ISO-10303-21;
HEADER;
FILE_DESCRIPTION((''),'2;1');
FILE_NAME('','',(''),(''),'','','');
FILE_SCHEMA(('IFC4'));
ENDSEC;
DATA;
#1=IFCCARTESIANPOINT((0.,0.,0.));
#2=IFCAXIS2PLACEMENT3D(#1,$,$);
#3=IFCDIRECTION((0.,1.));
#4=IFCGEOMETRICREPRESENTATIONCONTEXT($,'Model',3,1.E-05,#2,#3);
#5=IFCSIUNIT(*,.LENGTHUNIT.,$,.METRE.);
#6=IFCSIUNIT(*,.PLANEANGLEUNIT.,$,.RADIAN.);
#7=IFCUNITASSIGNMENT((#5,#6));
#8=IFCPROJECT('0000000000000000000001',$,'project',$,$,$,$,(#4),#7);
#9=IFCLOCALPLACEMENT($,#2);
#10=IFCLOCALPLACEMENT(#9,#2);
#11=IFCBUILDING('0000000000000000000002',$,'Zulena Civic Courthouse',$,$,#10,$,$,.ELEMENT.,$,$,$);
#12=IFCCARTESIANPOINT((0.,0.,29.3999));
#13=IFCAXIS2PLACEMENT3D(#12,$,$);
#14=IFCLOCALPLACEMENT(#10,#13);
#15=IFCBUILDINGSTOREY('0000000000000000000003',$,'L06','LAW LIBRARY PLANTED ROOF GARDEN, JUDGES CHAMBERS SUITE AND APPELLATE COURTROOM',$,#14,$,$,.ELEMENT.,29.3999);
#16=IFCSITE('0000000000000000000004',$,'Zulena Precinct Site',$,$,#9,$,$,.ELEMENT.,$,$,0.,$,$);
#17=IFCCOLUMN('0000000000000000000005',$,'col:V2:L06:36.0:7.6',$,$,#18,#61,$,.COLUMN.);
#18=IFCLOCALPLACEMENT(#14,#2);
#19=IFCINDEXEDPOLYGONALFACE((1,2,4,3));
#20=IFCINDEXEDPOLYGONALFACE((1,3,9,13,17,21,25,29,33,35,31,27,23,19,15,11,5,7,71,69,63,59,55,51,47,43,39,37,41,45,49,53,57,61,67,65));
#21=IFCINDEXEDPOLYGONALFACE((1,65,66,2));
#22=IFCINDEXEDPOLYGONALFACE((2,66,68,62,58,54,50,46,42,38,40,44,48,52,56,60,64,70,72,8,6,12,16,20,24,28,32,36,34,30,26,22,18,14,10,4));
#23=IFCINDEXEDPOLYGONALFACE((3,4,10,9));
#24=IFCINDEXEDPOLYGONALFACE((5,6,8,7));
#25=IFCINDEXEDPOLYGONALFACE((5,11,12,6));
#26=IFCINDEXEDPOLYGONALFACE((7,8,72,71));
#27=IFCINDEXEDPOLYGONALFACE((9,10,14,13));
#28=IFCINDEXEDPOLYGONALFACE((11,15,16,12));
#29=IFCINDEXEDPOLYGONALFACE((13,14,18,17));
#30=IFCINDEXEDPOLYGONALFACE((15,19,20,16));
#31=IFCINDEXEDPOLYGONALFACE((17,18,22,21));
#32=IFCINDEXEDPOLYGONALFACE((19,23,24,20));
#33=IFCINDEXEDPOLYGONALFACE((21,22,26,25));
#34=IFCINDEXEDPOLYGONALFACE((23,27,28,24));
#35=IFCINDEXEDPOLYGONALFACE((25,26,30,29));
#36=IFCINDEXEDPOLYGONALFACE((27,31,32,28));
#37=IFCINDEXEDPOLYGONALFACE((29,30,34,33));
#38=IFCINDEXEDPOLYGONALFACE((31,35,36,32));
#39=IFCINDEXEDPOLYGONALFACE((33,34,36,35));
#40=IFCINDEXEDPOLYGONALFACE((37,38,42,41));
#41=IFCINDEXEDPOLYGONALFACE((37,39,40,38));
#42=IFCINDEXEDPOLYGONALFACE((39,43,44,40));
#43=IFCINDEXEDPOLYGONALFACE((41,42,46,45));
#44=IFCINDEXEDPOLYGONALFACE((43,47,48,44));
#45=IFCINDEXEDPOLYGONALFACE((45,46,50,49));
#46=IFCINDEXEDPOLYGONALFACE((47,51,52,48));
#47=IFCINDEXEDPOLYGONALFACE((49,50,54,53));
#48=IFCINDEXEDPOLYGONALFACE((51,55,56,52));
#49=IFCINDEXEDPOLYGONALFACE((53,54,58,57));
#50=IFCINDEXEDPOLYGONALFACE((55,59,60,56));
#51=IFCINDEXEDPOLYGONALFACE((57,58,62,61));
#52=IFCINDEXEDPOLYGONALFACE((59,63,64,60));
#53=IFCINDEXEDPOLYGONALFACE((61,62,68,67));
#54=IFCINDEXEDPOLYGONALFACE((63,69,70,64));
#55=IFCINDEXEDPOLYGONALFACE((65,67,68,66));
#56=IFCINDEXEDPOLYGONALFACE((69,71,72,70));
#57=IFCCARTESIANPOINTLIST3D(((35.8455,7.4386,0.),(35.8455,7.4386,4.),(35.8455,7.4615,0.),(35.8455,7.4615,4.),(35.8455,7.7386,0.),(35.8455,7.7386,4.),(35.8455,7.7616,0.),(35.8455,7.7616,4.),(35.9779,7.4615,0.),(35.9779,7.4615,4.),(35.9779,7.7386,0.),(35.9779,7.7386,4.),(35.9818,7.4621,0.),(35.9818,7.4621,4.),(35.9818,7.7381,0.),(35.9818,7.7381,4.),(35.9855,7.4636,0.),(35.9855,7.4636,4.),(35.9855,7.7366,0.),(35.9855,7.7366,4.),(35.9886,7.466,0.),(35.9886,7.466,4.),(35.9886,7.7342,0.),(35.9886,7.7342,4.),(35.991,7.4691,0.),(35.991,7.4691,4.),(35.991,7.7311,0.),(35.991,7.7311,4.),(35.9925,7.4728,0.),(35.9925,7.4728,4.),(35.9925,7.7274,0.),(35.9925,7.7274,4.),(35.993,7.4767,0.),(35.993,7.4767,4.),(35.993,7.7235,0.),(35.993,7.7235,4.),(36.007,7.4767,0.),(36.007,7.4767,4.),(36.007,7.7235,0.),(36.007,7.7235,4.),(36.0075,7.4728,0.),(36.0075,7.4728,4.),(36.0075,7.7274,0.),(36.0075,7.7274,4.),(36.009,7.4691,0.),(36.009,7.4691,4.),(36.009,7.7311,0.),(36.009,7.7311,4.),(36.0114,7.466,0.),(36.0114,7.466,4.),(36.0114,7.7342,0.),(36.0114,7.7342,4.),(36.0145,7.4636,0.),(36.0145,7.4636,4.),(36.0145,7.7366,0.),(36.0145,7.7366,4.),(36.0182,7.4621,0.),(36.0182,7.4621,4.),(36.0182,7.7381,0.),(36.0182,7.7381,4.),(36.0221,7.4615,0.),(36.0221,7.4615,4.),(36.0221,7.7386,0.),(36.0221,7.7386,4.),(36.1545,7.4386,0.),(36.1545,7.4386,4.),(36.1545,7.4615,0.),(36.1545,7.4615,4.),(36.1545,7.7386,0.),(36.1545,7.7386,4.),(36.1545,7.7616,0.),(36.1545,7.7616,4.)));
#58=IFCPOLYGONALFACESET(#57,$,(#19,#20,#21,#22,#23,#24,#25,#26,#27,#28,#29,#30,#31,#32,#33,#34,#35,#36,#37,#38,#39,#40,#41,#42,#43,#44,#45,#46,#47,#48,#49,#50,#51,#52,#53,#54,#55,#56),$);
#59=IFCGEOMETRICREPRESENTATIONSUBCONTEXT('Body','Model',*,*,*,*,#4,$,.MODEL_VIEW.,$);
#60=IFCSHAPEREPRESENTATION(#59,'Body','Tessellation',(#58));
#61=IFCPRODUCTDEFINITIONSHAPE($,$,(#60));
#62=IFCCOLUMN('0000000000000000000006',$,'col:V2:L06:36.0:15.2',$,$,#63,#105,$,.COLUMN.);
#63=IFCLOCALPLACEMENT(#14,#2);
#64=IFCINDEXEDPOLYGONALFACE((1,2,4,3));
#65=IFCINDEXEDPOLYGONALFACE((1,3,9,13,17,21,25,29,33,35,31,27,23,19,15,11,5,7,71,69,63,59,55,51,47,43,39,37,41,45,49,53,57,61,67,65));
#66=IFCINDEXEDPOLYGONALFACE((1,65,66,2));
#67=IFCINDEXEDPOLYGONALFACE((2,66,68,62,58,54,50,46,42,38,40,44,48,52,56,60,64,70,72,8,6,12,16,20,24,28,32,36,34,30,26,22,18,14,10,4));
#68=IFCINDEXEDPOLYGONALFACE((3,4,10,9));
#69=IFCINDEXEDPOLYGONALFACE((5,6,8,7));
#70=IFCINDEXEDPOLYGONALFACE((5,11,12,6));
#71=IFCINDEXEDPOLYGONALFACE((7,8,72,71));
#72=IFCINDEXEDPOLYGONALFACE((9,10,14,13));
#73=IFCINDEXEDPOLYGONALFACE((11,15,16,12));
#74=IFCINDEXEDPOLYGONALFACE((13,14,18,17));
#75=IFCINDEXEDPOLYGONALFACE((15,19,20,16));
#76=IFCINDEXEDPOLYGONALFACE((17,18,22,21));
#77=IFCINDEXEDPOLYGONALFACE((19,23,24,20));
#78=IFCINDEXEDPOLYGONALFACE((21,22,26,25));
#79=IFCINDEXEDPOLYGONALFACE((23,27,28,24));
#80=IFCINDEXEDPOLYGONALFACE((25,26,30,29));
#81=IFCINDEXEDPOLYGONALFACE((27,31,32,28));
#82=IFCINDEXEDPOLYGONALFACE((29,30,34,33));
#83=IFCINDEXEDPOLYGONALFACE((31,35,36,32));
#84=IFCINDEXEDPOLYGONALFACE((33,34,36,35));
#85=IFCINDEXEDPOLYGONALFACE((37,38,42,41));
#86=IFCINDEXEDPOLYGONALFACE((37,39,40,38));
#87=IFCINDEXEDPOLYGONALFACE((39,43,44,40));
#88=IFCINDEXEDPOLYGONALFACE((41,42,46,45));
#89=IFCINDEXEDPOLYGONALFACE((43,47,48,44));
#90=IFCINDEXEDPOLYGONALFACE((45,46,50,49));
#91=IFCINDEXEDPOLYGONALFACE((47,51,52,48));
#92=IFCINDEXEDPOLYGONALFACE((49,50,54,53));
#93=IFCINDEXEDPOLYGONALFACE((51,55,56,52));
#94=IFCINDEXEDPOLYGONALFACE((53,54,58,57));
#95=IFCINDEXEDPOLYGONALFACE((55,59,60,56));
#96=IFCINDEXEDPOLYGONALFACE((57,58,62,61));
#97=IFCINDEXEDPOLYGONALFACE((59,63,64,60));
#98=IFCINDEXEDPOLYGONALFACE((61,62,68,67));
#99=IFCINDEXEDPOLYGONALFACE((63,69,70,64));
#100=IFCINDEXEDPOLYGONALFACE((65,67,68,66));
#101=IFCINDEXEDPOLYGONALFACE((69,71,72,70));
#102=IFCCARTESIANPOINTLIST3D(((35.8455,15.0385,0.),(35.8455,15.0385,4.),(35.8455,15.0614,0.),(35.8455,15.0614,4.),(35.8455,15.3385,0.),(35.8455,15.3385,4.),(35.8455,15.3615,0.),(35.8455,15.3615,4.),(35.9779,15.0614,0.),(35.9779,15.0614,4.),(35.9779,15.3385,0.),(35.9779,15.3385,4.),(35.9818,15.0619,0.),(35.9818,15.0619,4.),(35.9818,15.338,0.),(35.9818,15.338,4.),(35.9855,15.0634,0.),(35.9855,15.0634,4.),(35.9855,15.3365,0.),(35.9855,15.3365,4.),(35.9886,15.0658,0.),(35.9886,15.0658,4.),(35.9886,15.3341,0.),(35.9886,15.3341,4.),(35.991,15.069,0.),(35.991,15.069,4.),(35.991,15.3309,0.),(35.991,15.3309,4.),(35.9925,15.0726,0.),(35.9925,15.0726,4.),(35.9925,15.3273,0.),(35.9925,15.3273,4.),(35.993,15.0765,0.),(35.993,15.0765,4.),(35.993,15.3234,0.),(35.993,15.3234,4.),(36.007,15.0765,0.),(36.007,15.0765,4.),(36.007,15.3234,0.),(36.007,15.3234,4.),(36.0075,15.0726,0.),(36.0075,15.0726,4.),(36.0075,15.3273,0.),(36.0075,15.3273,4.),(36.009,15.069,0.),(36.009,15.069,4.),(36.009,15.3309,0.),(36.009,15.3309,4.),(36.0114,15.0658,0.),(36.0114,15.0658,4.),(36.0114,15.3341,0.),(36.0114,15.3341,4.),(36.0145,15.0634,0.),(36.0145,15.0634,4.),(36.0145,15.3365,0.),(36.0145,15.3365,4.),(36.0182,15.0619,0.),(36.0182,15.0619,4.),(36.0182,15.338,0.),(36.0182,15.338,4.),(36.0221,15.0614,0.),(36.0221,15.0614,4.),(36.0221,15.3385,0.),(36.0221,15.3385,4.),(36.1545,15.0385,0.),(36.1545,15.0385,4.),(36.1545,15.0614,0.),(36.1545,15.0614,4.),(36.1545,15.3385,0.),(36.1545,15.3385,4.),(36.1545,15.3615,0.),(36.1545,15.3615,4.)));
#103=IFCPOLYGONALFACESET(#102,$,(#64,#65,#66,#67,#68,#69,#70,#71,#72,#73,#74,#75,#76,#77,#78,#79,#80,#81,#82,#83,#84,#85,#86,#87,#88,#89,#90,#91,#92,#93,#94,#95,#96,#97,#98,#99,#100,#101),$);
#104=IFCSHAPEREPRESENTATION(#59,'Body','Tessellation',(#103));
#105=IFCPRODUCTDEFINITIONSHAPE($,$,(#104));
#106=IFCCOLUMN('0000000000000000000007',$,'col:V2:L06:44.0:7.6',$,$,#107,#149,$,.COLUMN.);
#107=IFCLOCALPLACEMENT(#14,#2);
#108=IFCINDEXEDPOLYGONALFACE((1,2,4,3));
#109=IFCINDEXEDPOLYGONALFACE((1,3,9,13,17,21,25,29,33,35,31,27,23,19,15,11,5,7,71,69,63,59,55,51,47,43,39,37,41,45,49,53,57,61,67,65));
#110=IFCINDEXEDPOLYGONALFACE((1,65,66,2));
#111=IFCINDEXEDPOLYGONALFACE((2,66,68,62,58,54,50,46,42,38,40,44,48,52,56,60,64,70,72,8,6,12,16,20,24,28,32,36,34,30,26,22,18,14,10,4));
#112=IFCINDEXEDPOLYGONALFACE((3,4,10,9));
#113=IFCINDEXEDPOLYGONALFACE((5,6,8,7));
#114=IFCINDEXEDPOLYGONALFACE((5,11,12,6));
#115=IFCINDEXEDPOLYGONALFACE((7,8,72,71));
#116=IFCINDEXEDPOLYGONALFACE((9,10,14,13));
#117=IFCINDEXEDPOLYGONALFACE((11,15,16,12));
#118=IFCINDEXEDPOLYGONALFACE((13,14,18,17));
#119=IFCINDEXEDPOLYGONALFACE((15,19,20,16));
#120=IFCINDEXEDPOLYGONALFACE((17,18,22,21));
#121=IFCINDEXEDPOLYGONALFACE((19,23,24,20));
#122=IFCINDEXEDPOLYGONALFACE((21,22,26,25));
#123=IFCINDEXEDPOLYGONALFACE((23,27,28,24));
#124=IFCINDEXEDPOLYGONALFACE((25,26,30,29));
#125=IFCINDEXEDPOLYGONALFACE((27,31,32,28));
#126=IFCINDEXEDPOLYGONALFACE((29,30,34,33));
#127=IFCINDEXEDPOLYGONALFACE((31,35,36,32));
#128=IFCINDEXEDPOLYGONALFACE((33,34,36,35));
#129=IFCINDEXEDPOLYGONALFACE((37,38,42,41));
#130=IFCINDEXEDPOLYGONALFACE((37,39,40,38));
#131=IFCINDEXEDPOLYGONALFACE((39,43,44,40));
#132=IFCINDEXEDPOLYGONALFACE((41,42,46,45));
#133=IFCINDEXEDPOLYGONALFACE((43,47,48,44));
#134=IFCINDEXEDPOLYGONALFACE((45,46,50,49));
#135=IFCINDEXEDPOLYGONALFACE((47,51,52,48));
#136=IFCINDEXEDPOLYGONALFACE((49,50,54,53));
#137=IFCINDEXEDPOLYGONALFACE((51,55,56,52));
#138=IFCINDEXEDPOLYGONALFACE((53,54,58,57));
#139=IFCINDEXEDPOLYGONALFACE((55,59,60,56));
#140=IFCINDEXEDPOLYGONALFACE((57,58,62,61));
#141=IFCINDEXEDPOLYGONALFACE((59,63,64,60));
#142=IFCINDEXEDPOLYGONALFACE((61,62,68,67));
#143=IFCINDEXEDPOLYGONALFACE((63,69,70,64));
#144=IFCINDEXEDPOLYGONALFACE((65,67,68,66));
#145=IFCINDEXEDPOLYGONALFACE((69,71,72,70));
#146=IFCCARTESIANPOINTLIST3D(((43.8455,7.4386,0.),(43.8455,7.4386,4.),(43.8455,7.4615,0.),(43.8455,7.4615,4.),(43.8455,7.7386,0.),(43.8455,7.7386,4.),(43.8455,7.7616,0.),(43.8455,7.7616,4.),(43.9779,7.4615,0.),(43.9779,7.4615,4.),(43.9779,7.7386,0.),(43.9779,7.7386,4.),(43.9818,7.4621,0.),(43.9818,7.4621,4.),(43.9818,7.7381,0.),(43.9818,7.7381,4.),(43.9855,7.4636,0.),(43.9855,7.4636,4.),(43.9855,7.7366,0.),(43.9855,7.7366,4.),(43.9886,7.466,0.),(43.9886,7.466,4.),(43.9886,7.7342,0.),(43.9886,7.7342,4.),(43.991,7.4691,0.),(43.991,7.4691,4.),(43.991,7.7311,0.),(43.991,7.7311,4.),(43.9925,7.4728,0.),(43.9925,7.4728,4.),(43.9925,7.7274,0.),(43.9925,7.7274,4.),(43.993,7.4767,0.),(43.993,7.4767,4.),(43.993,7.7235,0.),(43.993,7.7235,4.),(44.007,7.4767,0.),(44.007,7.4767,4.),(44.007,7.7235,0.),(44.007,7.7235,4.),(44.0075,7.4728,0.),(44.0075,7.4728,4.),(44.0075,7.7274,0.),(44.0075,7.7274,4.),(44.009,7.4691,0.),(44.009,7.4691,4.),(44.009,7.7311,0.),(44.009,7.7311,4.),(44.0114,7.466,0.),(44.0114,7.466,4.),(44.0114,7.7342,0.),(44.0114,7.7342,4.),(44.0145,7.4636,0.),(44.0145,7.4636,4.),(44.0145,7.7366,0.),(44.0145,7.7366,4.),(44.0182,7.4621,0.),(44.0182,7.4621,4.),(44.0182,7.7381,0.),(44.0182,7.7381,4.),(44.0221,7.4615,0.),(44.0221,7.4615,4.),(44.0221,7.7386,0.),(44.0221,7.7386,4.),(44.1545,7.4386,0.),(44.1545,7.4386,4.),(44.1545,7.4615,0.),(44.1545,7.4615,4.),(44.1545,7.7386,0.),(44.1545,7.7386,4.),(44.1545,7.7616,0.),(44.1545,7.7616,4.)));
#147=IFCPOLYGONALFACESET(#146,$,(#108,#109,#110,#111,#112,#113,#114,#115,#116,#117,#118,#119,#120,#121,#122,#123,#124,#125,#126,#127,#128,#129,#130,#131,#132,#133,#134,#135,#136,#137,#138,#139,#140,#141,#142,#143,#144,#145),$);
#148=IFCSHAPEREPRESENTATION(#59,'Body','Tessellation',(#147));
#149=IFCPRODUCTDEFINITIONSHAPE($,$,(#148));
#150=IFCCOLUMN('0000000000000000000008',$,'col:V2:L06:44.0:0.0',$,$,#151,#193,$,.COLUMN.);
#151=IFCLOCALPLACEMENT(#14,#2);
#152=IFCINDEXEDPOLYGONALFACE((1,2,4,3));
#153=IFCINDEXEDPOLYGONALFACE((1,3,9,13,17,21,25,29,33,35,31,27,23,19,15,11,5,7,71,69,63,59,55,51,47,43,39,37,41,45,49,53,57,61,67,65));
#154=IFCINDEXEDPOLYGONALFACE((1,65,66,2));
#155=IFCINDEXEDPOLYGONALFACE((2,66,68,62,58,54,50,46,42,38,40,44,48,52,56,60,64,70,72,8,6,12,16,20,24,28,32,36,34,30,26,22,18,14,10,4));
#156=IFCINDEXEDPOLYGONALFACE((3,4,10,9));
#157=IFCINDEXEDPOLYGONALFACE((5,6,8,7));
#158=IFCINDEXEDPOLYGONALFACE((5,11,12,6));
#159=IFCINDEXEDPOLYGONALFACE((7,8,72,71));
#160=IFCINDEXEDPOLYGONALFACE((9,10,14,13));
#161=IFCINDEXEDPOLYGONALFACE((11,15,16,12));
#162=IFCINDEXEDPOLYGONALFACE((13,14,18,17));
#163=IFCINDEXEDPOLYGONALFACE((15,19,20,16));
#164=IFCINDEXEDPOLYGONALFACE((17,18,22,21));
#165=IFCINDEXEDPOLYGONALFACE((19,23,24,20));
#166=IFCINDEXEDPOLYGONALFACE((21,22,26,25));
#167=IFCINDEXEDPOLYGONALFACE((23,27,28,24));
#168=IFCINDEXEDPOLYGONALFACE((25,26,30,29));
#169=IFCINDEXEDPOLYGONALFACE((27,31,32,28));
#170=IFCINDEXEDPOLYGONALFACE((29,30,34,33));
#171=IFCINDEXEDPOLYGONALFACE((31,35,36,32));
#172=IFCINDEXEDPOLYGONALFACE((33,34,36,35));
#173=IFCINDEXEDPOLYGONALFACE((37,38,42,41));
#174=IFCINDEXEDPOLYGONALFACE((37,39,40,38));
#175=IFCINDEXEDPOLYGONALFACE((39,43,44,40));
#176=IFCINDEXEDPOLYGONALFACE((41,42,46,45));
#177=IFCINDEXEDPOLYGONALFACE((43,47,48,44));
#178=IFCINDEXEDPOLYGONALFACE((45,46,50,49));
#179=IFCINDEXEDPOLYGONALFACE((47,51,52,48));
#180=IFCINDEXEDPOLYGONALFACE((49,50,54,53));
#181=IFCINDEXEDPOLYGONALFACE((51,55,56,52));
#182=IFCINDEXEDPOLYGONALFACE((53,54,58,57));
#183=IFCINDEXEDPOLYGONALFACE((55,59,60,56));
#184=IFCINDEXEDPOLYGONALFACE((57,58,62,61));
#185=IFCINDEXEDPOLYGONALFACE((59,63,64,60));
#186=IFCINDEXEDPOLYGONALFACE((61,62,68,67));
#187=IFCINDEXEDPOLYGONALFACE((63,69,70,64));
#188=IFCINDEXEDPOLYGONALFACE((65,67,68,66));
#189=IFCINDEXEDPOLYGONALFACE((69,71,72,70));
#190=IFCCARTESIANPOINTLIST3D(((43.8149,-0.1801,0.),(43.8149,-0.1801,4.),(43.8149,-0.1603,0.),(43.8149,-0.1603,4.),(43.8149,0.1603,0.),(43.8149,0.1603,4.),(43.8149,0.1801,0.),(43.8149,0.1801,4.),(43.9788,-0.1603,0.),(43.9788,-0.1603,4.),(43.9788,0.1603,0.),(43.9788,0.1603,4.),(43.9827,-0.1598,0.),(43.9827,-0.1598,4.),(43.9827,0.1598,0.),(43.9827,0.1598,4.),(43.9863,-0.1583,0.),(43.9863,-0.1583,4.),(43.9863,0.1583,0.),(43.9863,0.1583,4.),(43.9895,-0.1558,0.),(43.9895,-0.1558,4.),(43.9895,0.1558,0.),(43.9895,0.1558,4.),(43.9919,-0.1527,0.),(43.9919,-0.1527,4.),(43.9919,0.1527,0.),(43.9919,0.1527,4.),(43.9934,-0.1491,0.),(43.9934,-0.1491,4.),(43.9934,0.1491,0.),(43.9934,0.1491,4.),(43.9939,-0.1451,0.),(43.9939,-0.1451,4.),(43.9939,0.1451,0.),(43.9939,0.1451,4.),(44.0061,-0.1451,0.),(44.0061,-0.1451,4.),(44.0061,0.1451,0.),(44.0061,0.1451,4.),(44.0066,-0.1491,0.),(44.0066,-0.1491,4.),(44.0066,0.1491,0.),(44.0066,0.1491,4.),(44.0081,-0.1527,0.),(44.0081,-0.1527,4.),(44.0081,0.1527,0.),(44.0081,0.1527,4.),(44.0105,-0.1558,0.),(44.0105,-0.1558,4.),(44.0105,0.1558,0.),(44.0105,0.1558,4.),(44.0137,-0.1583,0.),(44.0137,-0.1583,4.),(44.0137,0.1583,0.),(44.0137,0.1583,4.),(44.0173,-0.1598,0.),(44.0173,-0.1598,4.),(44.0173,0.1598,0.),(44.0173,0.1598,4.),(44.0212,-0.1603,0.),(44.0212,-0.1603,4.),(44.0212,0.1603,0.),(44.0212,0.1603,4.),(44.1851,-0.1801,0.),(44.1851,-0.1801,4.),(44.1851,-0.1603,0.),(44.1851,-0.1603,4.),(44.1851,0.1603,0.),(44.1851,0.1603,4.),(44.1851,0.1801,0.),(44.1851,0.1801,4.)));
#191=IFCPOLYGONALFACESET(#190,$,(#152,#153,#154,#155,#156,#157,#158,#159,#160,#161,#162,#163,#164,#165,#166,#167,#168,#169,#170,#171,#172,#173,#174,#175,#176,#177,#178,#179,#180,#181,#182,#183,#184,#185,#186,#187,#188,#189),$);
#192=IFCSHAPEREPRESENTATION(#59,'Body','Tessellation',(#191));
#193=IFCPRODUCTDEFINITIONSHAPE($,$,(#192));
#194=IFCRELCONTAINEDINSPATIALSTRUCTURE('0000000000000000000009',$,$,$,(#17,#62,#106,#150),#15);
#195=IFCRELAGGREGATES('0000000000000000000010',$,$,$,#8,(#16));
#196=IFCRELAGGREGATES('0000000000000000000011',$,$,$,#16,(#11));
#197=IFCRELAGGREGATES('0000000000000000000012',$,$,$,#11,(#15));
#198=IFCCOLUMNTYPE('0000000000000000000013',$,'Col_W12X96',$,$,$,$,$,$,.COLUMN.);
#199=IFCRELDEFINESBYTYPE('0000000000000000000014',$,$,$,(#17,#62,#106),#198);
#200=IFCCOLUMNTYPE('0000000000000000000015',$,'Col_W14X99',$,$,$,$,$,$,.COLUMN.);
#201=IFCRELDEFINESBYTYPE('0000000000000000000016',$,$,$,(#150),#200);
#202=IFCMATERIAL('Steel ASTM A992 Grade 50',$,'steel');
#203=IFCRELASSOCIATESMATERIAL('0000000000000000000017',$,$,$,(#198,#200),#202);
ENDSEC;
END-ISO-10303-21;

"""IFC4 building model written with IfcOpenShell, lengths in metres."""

from ifc_helpers import new_model, si_unit, direction, frame, origin, origin_2d, place, context, subcontext, project, spatial, i_section, extrude, material, material_profile, profile_set, type_object, element, save


model = new_model("IFC4")

# Units and contexts
model_context = context("Model", 3, precision=1e-05, world=origin(), true_north=direction((0.0, 1.0)))
body_context = subcontext(model_context, "Body", "Model", "MODEL_VIEW")
ifc_project = project(units=[si_unit("LENGTHUNIT", "METRE"), si_unit("PLANEANGLEUNIT", "RADIAN")], contexts=[model_context])

# Site, building, storey
site_placement = place(None, origin())
site = spatial("IfcSite", under=ifc_project, at=site_placement, Name="Zulena Precinct Site", CompositionType="ELEMENT", RefElevation=0.0)
building_placement = place(site_placement, origin())
building = spatial("IfcBuilding", under=site, at=building_placement, Name="Zulena Civic Courthouse", CompositionType="ELEMENT")
storey_placement = place(building_placement, frame((0.0, 0.0, 29.3999)))
storey = spatial("IfcBuildingStorey", under=building, at=storey_placement, Name="L06", Description="LAW LIBRARY PLANTED ROOF GARDEN, JUDGES CHAMBERS SUITE AND APPELLATE COURTROOM", CompositionType="ELEMENT", Elevation=29.3999)

# Columns
ifc_material_1 = material(Name="Steel ASTM A992 Grade 50", Category="steel")
ifc_material_profile_1 = material_profile(ifc_material_1, i_section(OverallWidth=0.3091, OverallDepth=0.323, WebThickness=0.0139, FlangeThickness=0.0229, FilletRadius=0.0151, at=origin_2d()), Name="W12X96")
ifc_profile_set_1 = profile_set([ifc_material_profile_1], Name="Steel ASTM A992 Grade 50")
column_type_1 = type_object("IfcColumnType", Name="Col_W12X96", PredefinedType="COLUMN", material=ifc_profile_set_1)
for number, where, z_axis, x_axis, name in (
    (1, (36.0, 7.6001, 0.0), (0.0, 0.0, 1.0), (1.0, 0.0, 0.0), "col:V2:L06:36.0:7.6"),
    (2, (36.0, 15.2, 0.0), (0.0, 0.0, 1.0), (1.0, 0.0, 0.0), "col:V2:L06:36.0:15.2"),
    (3, (44.0, 7.6001, 0.0), (0.0, 0.0, 1.0), (1.0, 0.0, 0.0), "col:V2:L06:44.0:7.6"),
):
    element("IfcColumn", number, at=place(storey_placement, frame(where, z_axis=z_axis, x_axis=x_axis)), inside=storey, type_object=column_type_1, Name=name, PredefinedType="COLUMN", context=body_context, shape_type="SweptSolid", body=[
        extrude(i_section(OverallWidth=0.3091, OverallDepth=0.323, WebThickness=0.0139, FlangeThickness=0.0229, FilletRadius=0.0151, at=origin_2d()), origin(), (0.0, 0.0, 1.0), 4.0),
    ])
ifc_material_profile_2 = material_profile(ifc_material_1, i_section(OverallWidth=0.3701, OverallDepth=0.3601, WebThickness=0.0122, FlangeThickness=0.0198, FilletRadius=0.0151, at=origin_2d()), Name="W14X99")
ifc_profile_set_2 = profile_set([ifc_material_profile_2], Name="Steel ASTM A992 Grade 50")
column_type_2 = type_object("IfcColumnType", Name="Col_W14X99", PredefinedType="COLUMN", material=ifc_profile_set_2)
column_placement = place(storey_placement, frame((44.0, 0.0, 0.0), z_axis=(0.0, 0.0, 1.0), x_axis=(1.0, 0.0, 0.0)))
element("IfcColumn", 4, at=column_placement, inside=storey, type_object=column_type_2, Name="col:V2:L06:44.0:0.0", PredefinedType="COLUMN", context=body_context, shape_type="SweptSolid", body=[
    extrude(i_section(OverallWidth=0.3701, OverallDepth=0.3601, WebThickness=0.0122, FlangeThickness=0.0198, FilletRadius=0.0151, at=origin_2d()), origin(), (0.0, 0.0, 1.0), 4.0),
])

save(model, "model.ifc")
